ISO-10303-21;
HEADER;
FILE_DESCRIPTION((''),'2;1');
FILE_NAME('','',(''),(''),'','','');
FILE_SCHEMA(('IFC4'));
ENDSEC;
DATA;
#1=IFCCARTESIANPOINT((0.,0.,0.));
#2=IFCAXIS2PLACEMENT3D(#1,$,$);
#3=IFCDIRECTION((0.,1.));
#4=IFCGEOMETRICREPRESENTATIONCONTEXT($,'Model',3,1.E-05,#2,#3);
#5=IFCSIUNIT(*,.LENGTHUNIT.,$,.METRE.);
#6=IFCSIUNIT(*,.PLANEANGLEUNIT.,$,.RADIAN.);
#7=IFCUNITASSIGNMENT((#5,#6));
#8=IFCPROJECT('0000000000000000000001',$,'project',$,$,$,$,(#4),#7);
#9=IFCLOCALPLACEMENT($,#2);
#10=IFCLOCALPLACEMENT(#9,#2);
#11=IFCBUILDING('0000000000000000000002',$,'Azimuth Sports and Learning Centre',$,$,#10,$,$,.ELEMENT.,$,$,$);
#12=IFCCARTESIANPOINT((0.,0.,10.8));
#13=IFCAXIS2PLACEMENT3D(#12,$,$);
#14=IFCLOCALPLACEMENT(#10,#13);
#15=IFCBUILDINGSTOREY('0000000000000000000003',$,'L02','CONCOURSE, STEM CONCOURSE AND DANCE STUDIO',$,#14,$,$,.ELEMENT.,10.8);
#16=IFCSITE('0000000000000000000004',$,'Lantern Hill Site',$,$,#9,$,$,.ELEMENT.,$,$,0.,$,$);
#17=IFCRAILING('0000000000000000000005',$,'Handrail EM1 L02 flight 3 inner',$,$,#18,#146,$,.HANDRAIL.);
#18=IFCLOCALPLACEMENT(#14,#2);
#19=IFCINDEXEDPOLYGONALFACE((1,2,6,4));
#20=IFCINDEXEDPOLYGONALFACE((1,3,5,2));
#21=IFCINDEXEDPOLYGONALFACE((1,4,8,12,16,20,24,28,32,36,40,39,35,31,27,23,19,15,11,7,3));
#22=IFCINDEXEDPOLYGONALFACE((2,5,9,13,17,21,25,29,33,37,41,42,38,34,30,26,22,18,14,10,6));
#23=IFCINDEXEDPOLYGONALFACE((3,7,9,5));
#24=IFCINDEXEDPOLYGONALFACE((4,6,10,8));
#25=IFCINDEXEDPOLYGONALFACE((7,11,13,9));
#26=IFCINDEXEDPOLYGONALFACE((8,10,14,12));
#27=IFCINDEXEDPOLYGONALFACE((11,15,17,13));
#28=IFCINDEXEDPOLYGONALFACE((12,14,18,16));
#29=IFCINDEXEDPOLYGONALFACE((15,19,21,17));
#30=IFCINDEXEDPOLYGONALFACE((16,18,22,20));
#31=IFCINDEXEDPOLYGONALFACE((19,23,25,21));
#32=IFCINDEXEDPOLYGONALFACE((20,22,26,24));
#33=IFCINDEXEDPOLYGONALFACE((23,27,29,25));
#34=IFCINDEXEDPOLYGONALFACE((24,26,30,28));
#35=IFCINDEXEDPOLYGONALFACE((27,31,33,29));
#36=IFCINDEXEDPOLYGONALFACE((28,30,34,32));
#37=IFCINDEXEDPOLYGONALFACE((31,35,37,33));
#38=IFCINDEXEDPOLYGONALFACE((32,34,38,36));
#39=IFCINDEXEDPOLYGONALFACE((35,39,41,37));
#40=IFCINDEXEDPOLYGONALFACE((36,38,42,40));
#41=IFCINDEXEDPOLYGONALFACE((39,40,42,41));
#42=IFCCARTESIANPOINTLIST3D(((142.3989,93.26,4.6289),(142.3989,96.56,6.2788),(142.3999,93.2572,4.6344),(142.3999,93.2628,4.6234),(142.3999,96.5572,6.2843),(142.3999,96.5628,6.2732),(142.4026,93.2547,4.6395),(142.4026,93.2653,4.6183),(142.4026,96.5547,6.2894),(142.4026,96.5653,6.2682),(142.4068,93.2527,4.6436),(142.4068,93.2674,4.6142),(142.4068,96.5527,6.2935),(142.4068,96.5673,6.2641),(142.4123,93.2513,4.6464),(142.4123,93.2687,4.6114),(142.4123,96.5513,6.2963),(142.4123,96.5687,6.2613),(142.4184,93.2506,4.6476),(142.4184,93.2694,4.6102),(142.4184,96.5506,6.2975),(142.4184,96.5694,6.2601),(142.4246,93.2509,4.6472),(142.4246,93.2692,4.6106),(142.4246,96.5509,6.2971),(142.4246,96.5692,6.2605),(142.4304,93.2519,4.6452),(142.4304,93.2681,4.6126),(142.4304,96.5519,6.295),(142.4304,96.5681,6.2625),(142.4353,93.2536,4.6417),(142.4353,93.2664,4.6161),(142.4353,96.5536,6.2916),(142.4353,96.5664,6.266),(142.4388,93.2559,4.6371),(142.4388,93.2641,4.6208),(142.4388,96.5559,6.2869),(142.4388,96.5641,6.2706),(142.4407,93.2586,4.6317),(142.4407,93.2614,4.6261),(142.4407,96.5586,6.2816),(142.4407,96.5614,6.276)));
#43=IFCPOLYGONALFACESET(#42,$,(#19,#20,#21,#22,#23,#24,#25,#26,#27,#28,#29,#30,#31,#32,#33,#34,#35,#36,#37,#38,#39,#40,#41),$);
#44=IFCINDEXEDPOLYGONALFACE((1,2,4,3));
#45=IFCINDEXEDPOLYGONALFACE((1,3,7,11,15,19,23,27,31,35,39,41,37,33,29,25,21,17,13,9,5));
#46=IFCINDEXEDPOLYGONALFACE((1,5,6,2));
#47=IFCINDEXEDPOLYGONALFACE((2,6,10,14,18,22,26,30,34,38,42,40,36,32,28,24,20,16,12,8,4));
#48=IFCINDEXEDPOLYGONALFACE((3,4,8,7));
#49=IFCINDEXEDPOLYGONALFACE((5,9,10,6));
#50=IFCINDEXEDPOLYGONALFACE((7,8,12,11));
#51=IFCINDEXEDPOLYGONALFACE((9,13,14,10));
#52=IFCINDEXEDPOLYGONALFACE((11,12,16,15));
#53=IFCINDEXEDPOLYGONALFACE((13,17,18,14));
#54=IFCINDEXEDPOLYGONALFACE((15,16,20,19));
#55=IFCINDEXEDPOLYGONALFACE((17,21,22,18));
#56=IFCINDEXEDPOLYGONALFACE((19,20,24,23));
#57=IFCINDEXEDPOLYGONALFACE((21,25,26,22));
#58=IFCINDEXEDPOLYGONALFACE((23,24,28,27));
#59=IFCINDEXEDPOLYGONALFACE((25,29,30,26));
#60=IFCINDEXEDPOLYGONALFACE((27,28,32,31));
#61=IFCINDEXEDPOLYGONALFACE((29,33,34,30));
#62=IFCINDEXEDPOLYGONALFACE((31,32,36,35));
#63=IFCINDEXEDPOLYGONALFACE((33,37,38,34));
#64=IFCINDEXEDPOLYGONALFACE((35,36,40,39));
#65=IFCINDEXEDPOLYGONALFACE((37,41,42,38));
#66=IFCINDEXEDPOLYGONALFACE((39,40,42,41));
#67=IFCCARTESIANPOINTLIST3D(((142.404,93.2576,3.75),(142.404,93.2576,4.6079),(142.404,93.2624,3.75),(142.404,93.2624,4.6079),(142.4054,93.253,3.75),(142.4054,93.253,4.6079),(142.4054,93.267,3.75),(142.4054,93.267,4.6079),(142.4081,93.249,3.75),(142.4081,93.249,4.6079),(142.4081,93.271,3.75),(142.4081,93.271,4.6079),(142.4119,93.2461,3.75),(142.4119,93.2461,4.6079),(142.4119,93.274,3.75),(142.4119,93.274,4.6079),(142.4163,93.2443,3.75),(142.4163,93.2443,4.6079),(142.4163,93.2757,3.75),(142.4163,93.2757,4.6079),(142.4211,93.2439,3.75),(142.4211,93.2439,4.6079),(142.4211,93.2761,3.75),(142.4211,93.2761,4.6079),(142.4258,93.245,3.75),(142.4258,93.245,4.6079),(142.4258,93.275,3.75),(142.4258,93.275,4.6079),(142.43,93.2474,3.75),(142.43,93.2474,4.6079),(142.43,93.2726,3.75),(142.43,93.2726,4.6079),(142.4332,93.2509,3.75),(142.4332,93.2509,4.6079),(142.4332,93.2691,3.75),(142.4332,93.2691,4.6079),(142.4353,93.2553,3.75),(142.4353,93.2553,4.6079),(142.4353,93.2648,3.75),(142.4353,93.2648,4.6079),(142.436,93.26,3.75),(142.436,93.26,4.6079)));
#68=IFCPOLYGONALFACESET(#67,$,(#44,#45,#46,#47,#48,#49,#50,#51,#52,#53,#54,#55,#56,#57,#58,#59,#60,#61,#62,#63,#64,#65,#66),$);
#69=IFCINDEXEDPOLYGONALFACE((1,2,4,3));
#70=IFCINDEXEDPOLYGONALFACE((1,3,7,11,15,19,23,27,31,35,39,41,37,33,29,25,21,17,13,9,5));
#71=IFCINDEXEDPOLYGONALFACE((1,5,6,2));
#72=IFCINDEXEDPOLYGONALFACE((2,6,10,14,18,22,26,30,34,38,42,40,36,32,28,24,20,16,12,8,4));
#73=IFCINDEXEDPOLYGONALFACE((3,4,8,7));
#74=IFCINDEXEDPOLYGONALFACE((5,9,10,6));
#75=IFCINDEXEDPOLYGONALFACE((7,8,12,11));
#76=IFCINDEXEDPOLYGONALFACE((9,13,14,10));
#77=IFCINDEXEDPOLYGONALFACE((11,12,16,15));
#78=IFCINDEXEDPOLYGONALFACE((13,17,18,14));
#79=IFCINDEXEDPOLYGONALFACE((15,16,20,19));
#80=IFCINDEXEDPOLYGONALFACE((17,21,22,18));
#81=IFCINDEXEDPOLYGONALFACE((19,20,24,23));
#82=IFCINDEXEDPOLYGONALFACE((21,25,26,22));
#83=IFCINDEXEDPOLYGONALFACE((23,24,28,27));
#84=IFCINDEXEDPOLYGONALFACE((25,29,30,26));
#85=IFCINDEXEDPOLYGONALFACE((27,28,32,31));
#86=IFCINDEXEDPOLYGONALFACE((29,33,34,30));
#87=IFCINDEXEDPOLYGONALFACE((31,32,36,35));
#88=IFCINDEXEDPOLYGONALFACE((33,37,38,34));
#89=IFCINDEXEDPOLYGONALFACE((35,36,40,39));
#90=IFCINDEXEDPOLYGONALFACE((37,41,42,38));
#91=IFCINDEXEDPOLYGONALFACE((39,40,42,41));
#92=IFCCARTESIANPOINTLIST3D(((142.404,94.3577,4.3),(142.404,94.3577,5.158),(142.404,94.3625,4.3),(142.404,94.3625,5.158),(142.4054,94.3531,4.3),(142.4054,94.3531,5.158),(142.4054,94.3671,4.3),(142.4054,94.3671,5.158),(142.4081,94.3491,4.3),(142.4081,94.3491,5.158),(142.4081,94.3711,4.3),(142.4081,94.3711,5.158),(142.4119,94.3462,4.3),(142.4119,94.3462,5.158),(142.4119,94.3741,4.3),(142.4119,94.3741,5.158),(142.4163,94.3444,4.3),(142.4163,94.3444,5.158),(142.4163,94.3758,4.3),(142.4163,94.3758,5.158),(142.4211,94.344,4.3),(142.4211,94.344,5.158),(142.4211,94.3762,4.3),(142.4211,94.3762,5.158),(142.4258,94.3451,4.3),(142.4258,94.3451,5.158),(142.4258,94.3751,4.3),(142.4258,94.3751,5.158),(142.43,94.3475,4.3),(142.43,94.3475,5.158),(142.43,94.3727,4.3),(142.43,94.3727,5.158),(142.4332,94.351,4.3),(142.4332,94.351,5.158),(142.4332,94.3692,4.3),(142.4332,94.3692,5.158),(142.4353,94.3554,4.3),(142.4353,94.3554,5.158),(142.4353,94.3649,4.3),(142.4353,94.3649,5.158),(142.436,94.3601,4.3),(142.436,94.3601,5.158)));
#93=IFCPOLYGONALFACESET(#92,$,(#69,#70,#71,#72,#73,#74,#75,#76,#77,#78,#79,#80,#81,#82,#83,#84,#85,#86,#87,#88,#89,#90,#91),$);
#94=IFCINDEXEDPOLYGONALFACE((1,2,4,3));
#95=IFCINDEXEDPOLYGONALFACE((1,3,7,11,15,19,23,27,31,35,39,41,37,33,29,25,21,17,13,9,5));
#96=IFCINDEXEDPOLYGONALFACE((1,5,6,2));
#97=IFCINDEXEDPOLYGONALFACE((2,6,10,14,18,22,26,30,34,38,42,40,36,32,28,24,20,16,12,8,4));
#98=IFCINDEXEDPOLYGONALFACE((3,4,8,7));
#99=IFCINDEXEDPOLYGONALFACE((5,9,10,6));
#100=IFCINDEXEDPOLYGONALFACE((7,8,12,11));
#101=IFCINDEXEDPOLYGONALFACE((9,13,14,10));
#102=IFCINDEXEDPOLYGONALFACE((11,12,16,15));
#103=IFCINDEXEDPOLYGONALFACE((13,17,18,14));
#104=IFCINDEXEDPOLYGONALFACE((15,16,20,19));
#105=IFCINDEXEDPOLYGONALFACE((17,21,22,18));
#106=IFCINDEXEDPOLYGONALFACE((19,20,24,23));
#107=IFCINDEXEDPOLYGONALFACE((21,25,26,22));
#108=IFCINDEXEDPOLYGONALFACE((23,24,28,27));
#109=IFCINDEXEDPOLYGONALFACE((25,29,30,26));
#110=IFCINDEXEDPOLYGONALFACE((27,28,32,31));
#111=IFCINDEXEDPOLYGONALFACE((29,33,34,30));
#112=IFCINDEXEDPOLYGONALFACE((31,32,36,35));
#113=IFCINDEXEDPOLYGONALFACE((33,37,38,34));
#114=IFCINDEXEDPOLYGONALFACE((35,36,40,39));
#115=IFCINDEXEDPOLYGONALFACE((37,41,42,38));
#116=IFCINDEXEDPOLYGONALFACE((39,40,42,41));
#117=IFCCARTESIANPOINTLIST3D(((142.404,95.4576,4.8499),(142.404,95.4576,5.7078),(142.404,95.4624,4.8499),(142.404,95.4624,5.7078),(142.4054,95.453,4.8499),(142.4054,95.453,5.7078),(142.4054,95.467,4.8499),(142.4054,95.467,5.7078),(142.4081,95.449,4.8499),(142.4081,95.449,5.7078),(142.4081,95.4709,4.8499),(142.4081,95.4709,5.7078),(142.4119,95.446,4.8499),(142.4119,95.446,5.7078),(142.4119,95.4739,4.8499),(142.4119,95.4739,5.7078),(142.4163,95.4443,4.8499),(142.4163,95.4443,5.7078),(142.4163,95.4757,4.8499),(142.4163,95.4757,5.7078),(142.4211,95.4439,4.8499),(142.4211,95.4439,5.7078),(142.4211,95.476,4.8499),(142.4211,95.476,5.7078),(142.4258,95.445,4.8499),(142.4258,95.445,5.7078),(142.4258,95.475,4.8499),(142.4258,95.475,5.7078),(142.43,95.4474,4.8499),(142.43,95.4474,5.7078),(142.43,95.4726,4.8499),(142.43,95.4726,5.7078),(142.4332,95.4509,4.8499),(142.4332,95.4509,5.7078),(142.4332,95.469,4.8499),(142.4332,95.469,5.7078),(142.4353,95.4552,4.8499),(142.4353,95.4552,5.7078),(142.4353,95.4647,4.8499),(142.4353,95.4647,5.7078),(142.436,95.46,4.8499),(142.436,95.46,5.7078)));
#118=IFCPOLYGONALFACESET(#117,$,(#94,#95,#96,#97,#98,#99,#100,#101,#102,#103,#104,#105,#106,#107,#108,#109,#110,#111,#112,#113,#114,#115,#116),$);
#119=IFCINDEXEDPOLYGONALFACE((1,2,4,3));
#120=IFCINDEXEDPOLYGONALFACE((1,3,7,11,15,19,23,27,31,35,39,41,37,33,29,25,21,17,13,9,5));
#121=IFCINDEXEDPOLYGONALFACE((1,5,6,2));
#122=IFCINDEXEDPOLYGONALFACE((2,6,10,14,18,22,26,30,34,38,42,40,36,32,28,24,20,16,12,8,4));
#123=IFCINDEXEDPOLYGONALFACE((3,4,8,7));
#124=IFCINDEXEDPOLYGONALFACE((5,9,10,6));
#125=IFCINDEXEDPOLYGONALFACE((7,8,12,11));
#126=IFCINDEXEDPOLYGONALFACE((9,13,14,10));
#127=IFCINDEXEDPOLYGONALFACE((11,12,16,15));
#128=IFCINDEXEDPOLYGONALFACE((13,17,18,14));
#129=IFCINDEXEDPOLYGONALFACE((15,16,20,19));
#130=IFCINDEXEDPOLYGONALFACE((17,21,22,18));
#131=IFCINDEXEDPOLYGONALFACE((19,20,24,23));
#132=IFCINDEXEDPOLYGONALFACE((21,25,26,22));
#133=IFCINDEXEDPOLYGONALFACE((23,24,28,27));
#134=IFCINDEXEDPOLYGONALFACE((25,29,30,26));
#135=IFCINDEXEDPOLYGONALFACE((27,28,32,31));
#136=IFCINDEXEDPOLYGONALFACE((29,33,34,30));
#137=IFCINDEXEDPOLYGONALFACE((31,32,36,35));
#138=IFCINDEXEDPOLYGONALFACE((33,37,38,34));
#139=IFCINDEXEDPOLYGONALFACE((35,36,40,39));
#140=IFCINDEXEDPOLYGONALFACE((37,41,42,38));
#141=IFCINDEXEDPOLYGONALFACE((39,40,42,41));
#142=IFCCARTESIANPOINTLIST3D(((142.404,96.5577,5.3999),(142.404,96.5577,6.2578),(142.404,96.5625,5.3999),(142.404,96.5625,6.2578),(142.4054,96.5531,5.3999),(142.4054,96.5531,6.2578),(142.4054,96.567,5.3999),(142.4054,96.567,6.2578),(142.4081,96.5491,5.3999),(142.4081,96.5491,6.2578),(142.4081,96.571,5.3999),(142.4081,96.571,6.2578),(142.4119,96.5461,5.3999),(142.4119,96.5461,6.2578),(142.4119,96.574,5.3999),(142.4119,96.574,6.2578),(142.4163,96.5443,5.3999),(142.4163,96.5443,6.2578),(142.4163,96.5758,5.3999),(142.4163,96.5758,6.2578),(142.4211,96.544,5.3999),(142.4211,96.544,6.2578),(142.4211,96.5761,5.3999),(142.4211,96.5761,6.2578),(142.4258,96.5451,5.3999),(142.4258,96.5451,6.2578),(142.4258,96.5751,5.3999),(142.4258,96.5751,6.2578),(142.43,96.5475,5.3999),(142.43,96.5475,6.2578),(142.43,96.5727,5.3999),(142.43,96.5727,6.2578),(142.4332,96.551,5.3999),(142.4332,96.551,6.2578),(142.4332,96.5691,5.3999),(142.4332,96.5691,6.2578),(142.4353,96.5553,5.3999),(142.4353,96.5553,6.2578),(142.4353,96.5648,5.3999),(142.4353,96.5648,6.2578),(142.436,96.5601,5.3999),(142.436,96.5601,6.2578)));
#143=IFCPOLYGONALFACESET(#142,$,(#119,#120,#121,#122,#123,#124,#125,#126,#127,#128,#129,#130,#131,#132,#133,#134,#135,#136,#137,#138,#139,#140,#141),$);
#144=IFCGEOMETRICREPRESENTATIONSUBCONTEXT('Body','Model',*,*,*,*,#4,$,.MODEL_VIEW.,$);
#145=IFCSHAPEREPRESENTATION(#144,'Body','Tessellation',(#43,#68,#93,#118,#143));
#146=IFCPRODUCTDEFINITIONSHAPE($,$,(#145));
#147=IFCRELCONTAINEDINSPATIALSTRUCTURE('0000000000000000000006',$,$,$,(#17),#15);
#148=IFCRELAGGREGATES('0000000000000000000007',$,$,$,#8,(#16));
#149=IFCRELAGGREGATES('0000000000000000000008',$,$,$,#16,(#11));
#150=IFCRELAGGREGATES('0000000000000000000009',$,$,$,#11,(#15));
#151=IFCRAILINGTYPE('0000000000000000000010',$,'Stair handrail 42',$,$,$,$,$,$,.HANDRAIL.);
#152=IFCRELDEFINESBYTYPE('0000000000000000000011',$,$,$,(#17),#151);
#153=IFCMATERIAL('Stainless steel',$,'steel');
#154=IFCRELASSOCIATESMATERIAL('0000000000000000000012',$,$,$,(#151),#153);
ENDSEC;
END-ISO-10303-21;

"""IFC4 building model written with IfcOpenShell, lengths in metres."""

from ifc_helpers import new_model, si_unit, direction, frame, origin, origin_2d, place, context, subcontext, project, spatial, circle, extrude, material, type_object, element, save


model = new_model("IFC4")

# Units and contexts
model_context = context("Model", 3, precision=1e-05, world=origin(), true_north=direction((0.0, 1.0)))
body_context = subcontext(model_context, "Body", "Model", "MODEL_VIEW")
ifc_project = project(units=[si_unit("LENGTHUNIT", "METRE"), si_unit("PLANEANGLEUNIT", "RADIAN")], contexts=[model_context])

# Site, building, storey
site_placement = place(None, origin())
site = spatial("IfcSite", under=ifc_project, at=site_placement, Name="Lantern Hill Site", CompositionType="ELEMENT", RefElevation=0.0)
building_placement = place(site_placement, origin())
building = spatial("IfcBuilding", under=site, at=building_placement, Name="Azimuth Sports and Learning Centre", CompositionType="ELEMENT")
storey_placement = place(building_placement, frame((0.0, 0.0, 10.8)))
storey = spatial("IfcBuildingStorey", under=building, at=storey_placement, Name="L02", Description="CONCOURSE, STEM CONCOURSE AND DANCE STUDIO", CompositionType="ELEMENT", Elevation=10.8)

# Railing
ifc_material_1 = material(Name="Stainless steel", Category="steel")
railing_type_1 = type_object("IfcRailingType", Name="Stair handrail 42", PredefinedType="HANDRAIL", material=ifc_material_1)
for number, where, name in (
    (1, (142.4199, 93.26, 3.75), "Handrail EM1 L02 flight 3 inner"),
):
    element("IfcRailing", number, at=place(storey_placement, frame(where)), inside=storey, type_object=railing_type_1, Name=name, PredefinedType="HANDRAIL", context=body_context, shape_type="SweptSolid", body=[
        extrude(circle(Radius=0.021, at=origin_2d()), frame((0.0, 0.0, 0.8789), z_axis=(0.0, 0.89444, 0.447187), x_axis=(-1.0, 0.0, 0.0)), (0.0, 0.0, 1.0), 3.6895),
        extrude(circle(Radius=0.0161, at=origin_2d()), origin(), (0.0, 0.0, 1.0), 0.8579),
        extrude(circle(Radius=0.0161, at=origin_2d()), frame((0.0, 1.1001, 0.55)), (0.0, 0.0, 1.0), 0.8579),
        extrude(circle(Radius=0.0161, at=origin_2d()), frame((0.0, 2.2, 1.0999)), (0.0, 0.0, 1.0), 0.8579),
        extrude(circle(Radius=0.0161, at=origin_2d()), frame((0.0, 3.3, 1.6499)), (0.0, 0.0, 1.0), 0.8579),
    ])

save(model, "model.ifc")
